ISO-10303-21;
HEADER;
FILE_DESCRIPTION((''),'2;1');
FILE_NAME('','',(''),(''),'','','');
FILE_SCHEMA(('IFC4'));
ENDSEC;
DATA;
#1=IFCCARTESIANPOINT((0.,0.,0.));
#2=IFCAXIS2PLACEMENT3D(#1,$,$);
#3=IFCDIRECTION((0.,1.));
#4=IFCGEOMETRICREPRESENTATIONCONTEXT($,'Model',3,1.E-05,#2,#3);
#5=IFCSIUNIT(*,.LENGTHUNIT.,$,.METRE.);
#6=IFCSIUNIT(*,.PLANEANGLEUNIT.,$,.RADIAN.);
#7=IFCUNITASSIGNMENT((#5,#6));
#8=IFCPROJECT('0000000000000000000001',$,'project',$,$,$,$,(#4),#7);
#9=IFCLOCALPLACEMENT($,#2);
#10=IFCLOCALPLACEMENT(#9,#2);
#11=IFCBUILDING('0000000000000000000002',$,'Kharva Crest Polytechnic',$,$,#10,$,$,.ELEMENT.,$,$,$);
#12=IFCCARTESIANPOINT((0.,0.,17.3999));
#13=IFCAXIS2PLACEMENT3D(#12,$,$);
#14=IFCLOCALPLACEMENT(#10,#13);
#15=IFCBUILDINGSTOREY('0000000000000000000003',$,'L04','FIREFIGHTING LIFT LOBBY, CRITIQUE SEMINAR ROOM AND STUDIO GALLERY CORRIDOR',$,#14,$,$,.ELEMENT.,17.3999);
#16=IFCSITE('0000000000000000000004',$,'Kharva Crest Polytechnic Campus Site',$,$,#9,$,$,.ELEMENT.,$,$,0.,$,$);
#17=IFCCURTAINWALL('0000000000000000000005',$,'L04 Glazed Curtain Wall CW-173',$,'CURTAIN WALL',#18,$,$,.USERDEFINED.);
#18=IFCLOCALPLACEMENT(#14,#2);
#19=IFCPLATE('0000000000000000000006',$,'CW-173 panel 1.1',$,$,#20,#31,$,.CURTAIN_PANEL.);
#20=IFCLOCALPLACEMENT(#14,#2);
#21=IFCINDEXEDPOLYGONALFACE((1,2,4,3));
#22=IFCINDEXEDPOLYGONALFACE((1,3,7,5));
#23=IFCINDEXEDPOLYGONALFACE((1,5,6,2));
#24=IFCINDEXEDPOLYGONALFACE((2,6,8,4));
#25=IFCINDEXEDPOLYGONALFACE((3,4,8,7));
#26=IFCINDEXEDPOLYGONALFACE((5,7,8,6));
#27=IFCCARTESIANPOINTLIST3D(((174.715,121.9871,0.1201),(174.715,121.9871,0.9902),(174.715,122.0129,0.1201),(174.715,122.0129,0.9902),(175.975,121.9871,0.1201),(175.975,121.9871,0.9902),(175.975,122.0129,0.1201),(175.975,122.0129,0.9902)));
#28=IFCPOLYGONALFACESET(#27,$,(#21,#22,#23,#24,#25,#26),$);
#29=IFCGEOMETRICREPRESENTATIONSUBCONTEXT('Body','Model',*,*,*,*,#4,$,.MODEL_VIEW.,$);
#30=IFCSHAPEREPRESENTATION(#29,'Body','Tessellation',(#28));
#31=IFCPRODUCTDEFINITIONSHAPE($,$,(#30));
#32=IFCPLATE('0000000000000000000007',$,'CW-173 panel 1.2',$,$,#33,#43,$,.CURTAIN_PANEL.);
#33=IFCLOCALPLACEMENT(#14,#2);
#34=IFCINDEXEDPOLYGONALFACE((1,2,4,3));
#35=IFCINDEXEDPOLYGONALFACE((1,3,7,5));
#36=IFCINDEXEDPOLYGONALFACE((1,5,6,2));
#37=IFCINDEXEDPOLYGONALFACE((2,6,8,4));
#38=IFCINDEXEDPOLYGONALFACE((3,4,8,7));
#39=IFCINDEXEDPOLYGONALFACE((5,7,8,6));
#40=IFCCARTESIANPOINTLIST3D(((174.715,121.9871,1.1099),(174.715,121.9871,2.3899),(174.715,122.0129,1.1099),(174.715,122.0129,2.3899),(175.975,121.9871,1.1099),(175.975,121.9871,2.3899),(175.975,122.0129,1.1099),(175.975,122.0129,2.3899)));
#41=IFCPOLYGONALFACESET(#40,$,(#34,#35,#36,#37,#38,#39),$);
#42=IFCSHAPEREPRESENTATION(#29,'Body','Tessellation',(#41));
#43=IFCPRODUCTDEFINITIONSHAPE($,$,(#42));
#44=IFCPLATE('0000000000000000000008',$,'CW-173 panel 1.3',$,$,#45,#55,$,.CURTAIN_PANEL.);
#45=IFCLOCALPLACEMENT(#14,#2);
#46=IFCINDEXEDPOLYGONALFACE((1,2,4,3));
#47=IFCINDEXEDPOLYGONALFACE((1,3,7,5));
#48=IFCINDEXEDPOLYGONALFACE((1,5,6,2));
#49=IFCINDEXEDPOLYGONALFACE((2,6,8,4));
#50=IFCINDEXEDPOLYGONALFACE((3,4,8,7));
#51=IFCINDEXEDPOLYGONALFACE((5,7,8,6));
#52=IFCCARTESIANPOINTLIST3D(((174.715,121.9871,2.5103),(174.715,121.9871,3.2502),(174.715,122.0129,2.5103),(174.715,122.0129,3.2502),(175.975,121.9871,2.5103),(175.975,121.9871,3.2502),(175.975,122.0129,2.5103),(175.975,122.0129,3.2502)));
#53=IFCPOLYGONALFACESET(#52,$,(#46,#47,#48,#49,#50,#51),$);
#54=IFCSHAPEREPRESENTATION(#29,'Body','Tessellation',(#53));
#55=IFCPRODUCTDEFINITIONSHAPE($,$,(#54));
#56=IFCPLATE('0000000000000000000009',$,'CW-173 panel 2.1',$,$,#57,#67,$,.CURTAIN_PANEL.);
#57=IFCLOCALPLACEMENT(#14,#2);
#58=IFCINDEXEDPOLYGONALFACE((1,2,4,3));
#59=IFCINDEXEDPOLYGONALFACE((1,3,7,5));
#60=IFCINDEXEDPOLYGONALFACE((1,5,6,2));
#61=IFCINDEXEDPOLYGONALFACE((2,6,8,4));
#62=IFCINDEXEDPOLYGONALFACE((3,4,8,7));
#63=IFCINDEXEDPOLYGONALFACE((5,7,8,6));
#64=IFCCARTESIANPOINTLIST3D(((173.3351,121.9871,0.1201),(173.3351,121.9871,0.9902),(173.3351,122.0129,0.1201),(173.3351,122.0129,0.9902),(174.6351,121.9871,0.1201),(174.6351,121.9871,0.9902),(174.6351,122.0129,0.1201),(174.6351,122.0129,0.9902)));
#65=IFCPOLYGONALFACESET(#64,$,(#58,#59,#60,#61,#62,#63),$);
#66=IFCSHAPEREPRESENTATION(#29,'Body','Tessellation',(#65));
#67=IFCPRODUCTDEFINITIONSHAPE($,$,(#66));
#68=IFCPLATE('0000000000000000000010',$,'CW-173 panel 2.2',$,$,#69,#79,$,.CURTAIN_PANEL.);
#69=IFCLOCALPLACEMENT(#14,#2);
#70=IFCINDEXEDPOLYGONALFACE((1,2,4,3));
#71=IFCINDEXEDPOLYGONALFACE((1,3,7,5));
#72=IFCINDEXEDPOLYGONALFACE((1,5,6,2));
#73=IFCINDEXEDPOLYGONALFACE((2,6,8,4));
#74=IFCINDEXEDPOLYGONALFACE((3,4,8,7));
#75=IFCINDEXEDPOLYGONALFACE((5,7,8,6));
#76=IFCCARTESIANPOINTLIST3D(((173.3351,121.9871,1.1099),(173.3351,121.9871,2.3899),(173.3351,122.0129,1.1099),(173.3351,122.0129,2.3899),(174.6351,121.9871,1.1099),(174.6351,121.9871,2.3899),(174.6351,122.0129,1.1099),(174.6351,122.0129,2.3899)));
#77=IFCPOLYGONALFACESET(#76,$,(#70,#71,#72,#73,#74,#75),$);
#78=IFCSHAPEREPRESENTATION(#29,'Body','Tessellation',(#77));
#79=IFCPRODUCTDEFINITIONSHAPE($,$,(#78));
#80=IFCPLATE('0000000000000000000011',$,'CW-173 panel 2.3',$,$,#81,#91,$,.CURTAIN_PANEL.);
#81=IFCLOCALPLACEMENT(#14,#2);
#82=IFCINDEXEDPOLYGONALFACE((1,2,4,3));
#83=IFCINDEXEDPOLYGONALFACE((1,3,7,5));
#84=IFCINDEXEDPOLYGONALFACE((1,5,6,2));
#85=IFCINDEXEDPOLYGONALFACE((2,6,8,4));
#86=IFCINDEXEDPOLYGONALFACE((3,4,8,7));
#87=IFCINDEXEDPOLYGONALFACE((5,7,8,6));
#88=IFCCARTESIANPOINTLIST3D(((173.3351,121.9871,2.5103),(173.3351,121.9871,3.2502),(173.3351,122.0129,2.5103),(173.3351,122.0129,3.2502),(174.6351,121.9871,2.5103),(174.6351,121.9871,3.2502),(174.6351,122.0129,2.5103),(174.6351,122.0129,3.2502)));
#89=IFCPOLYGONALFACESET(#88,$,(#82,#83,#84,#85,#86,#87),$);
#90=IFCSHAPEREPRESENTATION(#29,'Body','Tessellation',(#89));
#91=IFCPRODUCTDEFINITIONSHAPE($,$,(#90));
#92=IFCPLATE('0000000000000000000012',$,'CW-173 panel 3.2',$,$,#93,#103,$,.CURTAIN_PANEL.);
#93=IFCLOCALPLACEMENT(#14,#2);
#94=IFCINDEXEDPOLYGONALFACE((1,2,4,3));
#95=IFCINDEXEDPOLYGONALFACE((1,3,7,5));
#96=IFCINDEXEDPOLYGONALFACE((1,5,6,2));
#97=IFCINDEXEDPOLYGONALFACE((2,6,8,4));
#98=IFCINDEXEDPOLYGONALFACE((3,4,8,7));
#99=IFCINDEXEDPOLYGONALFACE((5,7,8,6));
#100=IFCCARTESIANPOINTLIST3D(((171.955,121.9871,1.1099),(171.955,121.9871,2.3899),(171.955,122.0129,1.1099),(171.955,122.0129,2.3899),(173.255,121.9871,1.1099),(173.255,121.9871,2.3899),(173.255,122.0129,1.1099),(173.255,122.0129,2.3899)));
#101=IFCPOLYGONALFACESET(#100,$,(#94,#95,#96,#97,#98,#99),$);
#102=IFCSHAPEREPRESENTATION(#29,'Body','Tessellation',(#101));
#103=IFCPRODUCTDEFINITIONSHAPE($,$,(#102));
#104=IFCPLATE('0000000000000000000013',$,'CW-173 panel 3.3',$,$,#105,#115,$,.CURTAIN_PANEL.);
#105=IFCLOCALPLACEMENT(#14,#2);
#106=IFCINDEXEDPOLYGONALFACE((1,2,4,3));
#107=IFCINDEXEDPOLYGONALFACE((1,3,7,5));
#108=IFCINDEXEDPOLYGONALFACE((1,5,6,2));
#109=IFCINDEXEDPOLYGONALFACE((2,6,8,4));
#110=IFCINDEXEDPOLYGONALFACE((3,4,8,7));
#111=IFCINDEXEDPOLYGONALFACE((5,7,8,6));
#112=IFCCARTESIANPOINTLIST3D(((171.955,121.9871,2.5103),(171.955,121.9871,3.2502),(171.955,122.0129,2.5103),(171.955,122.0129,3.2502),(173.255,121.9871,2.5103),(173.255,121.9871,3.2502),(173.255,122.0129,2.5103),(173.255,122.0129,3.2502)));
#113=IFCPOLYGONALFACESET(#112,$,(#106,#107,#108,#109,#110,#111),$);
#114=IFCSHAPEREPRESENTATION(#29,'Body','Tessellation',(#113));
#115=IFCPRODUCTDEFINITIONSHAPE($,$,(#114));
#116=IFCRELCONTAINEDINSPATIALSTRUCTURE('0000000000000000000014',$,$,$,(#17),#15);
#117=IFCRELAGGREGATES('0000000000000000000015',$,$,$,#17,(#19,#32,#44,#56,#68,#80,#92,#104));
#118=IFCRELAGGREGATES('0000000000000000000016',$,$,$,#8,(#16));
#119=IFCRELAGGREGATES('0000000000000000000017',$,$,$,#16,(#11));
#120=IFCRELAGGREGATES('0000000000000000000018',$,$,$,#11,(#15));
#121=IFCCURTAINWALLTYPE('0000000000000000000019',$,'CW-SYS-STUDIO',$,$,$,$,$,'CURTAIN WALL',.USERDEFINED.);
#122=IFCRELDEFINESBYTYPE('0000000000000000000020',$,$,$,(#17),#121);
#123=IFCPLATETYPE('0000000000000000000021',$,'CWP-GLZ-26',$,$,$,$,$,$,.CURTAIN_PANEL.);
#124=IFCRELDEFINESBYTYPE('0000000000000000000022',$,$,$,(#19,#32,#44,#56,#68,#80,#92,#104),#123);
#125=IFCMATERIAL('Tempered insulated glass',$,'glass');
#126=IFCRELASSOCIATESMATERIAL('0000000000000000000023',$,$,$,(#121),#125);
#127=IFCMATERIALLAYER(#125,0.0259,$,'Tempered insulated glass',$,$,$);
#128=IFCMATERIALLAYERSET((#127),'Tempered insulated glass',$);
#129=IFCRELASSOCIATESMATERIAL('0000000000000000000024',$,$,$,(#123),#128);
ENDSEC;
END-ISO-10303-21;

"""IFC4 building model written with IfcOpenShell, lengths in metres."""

from ifc_helpers import new_model, si_unit, direction, frame, origin, origin_2d, place, context, subcontext, project, spatial, rectangle, extrude, material, layer, layer_set, type_object, element, aggregate, save


model = new_model("IFC4")

# Units and contexts
model_context = context("Model", 3, precision=1e-05, world=origin(), true_north=direction((0.0, 1.0)))
body_context = subcontext(model_context, "Body", "Model", "MODEL_VIEW")
ifc_project = project(units=[si_unit("LENGTHUNIT", "METRE"), si_unit("PLANEANGLEUNIT", "RADIAN")], contexts=[model_context])

# Site, building, storey
site_placement = place(None, origin())
site = spatial("IfcSite", under=ifc_project, at=site_placement, Name="Kharva Crest Polytechnic Campus Site", CompositionType="ELEMENT", RefElevation=0.0)
building_placement = place(site_placement, origin())
building = spatial("IfcBuilding", under=site, at=building_placement, Name="Kharva Crest Polytechnic", CompositionType="ELEMENT")
storey_placement = place(building_placement, frame((0.0, 0.0, 17.3999)))
storey = spatial("IfcBuildingStorey", under=building, at=storey_placement, Name="L04", Description="FIREFIGHTING LIFT LOBBY, CRITIQUE SEMINAR ROOM AND STUDIO GALLERY CORRIDOR", CompositionType="ELEMENT", Elevation=17.3999)

# Curtain wall, plates
ifc_material_1 = material(Name="Tempered insulated glass", Category="glass")
curtain_wall_type = type_object("IfcCurtainWallType", Name="CW-SYS-STUDIO", ElementType="CURTAIN WALL", PredefinedType="USERDEFINED", material=ifc_material_1)
curtain_wall_placement = place(storey_placement, origin())
curtain_wall = element("IfcCurtainWall", 1, at=curtain_wall_placement, inside=storey, type_object=curtain_wall_type, Name="L04 Glazed Curtain Wall CW-173", ObjectType="CURTAIN WALL", PredefinedType="USERDEFINED")
ifc_layer = layer(ifc_material_1, 0.0259, Name="Tempered insulated glass")
ifc_layer_set = layer_set([ifc_layer], Name="Tempered insulated glass")
plate_type = type_object("IfcPlateType", Name="CWP-GLZ-26", PredefinedType="CURTAIN_PANEL", material=ifc_layer_set)
plate_1_placement = place(storey_placement, frame((175.345, 122.0, 0.1201), z_axis=(0.0, 0.0, 1.0), x_axis=(-1.0, 0.0, 0.0)))
plate_1 = element("IfcPlate", 2, at=plate_1_placement, type_object=plate_type, Name="CW-173 panel 1.1", PredefinedType="CURTAIN_PANEL", context=body_context, shape_type="SweptSolid", body=[
    extrude(rectangle(XDim=1.26, YDim=0.0259, at=origin_2d()), origin(), (0.0, 0.0, 1.0), 0.8701),
])
plate_2_placement = place(storey_placement, frame((175.345, 122.0, 1.1099), z_axis=(0.0, 0.0, 1.0), x_axis=(-1.0, 0.0, 0.0)))
plate_2 = element("IfcPlate", 3, at=plate_2_placement, type_object=plate_type, Name="CW-173 panel 1.2", PredefinedType="CURTAIN_PANEL", context=body_context, shape_type="SweptSolid", body=[
    extrude(rectangle(XDim=1.26, YDim=0.0259, at=origin_2d()), origin(), (0.0, 0.0, 1.0), 1.28),
])
plate_3_placement = place(storey_placement, frame((175.345, 122.0, 2.5103), z_axis=(0.0, 0.0, 1.0), x_axis=(-1.0, 0.0, 0.0)))
plate_3 = element("IfcPlate", 4, at=plate_3_placement, type_object=plate_type, Name="CW-173 panel 1.3", PredefinedType="CURTAIN_PANEL", context=body_context, shape_type="SweptSolid", body=[
    extrude(rectangle(XDim=1.26, YDim=0.0259, at=origin_2d()), origin(), (0.0, 0.0, 1.0), 0.74),
])
plate_4_placement = place(storey_placement, frame((173.9851, 122.0, 0.1201), z_axis=(0.0, 0.0, 1.0), x_axis=(-1.0, 0.0, 0.0)))
plate_4 = element("IfcPlate", 5, at=plate_4_placement, type_object=plate_type, Name="CW-173 panel 2.1", PredefinedType="CURTAIN_PANEL", context=body_context, shape_type="SweptSolid", body=[
    extrude(rectangle(XDim=1.3, YDim=0.0259, at=origin_2d()), origin(), (0.0, 0.0, 1.0), 0.8701),
])
plate_5_placement = place(storey_placement, frame((173.9851, 122.0, 1.1099), z_axis=(0.0, 0.0, 1.0), x_axis=(-1.0, 0.0, 0.0)))
plate_5 = element("IfcPlate", 6, at=plate_5_placement, type_object=plate_type, Name="CW-173 panel 2.2", PredefinedType="CURTAIN_PANEL", context=body_context, shape_type="SweptSolid", body=[
    extrude(rectangle(XDim=1.3, YDim=0.0259, at=origin_2d()), origin(), (0.0, 0.0, 1.0), 1.28),
])
plate_6_placement = place(storey_placement, frame((173.9851, 122.0, 2.5103), z_axis=(0.0, 0.0, 1.0), x_axis=(-1.0, 0.0, 0.0)))
plate_6 = element("IfcPlate", 7, at=plate_6_placement, type_object=plate_type, Name="CW-173 panel 2.3", PredefinedType="CURTAIN_PANEL", context=body_context, shape_type="SweptSolid", body=[
    extrude(rectangle(XDim=1.3, YDim=0.0259, at=origin_2d()), origin(), (0.0, 0.0, 1.0), 0.74),
])
plate_7_placement = place(storey_placement, frame((172.605, 122.0, 1.1099), z_axis=(0.0, 0.0, 1.0), x_axis=(-1.0, 0.0, 0.0)))
plate_7 = element("IfcPlate", 8, at=plate_7_placement, type_object=plate_type, Name="CW-173 panel 3.2", PredefinedType="CURTAIN_PANEL", context=body_context, shape_type="SweptSolid", body=[
    extrude(rectangle(XDim=1.3, YDim=0.0259, at=origin_2d()), origin(), (0.0, 0.0, 1.0), 1.28),
])
plate_8_placement = place(storey_placement, frame((172.605, 122.0, 2.5103), z_axis=(0.0, 0.0, 1.0), x_axis=(-1.0, 0.0, 0.0)))
plate_8 = element("IfcPlate", 9, at=plate_8_placement, type_object=plate_type, Name="CW-173 panel 3.3", PredefinedType="CURTAIN_PANEL", context=body_context, shape_type="SweptSolid", body=[
    extrude(rectangle(XDim=1.3, YDim=0.0259, at=origin_2d()), origin(), (0.0, 0.0, 1.0), 0.74),
])
aggregate(curtain_wall, [plate_1, plate_2, plate_3, plate_4, plate_5, plate_6, plate_7, plate_8])

save(model, "model.ifc")
